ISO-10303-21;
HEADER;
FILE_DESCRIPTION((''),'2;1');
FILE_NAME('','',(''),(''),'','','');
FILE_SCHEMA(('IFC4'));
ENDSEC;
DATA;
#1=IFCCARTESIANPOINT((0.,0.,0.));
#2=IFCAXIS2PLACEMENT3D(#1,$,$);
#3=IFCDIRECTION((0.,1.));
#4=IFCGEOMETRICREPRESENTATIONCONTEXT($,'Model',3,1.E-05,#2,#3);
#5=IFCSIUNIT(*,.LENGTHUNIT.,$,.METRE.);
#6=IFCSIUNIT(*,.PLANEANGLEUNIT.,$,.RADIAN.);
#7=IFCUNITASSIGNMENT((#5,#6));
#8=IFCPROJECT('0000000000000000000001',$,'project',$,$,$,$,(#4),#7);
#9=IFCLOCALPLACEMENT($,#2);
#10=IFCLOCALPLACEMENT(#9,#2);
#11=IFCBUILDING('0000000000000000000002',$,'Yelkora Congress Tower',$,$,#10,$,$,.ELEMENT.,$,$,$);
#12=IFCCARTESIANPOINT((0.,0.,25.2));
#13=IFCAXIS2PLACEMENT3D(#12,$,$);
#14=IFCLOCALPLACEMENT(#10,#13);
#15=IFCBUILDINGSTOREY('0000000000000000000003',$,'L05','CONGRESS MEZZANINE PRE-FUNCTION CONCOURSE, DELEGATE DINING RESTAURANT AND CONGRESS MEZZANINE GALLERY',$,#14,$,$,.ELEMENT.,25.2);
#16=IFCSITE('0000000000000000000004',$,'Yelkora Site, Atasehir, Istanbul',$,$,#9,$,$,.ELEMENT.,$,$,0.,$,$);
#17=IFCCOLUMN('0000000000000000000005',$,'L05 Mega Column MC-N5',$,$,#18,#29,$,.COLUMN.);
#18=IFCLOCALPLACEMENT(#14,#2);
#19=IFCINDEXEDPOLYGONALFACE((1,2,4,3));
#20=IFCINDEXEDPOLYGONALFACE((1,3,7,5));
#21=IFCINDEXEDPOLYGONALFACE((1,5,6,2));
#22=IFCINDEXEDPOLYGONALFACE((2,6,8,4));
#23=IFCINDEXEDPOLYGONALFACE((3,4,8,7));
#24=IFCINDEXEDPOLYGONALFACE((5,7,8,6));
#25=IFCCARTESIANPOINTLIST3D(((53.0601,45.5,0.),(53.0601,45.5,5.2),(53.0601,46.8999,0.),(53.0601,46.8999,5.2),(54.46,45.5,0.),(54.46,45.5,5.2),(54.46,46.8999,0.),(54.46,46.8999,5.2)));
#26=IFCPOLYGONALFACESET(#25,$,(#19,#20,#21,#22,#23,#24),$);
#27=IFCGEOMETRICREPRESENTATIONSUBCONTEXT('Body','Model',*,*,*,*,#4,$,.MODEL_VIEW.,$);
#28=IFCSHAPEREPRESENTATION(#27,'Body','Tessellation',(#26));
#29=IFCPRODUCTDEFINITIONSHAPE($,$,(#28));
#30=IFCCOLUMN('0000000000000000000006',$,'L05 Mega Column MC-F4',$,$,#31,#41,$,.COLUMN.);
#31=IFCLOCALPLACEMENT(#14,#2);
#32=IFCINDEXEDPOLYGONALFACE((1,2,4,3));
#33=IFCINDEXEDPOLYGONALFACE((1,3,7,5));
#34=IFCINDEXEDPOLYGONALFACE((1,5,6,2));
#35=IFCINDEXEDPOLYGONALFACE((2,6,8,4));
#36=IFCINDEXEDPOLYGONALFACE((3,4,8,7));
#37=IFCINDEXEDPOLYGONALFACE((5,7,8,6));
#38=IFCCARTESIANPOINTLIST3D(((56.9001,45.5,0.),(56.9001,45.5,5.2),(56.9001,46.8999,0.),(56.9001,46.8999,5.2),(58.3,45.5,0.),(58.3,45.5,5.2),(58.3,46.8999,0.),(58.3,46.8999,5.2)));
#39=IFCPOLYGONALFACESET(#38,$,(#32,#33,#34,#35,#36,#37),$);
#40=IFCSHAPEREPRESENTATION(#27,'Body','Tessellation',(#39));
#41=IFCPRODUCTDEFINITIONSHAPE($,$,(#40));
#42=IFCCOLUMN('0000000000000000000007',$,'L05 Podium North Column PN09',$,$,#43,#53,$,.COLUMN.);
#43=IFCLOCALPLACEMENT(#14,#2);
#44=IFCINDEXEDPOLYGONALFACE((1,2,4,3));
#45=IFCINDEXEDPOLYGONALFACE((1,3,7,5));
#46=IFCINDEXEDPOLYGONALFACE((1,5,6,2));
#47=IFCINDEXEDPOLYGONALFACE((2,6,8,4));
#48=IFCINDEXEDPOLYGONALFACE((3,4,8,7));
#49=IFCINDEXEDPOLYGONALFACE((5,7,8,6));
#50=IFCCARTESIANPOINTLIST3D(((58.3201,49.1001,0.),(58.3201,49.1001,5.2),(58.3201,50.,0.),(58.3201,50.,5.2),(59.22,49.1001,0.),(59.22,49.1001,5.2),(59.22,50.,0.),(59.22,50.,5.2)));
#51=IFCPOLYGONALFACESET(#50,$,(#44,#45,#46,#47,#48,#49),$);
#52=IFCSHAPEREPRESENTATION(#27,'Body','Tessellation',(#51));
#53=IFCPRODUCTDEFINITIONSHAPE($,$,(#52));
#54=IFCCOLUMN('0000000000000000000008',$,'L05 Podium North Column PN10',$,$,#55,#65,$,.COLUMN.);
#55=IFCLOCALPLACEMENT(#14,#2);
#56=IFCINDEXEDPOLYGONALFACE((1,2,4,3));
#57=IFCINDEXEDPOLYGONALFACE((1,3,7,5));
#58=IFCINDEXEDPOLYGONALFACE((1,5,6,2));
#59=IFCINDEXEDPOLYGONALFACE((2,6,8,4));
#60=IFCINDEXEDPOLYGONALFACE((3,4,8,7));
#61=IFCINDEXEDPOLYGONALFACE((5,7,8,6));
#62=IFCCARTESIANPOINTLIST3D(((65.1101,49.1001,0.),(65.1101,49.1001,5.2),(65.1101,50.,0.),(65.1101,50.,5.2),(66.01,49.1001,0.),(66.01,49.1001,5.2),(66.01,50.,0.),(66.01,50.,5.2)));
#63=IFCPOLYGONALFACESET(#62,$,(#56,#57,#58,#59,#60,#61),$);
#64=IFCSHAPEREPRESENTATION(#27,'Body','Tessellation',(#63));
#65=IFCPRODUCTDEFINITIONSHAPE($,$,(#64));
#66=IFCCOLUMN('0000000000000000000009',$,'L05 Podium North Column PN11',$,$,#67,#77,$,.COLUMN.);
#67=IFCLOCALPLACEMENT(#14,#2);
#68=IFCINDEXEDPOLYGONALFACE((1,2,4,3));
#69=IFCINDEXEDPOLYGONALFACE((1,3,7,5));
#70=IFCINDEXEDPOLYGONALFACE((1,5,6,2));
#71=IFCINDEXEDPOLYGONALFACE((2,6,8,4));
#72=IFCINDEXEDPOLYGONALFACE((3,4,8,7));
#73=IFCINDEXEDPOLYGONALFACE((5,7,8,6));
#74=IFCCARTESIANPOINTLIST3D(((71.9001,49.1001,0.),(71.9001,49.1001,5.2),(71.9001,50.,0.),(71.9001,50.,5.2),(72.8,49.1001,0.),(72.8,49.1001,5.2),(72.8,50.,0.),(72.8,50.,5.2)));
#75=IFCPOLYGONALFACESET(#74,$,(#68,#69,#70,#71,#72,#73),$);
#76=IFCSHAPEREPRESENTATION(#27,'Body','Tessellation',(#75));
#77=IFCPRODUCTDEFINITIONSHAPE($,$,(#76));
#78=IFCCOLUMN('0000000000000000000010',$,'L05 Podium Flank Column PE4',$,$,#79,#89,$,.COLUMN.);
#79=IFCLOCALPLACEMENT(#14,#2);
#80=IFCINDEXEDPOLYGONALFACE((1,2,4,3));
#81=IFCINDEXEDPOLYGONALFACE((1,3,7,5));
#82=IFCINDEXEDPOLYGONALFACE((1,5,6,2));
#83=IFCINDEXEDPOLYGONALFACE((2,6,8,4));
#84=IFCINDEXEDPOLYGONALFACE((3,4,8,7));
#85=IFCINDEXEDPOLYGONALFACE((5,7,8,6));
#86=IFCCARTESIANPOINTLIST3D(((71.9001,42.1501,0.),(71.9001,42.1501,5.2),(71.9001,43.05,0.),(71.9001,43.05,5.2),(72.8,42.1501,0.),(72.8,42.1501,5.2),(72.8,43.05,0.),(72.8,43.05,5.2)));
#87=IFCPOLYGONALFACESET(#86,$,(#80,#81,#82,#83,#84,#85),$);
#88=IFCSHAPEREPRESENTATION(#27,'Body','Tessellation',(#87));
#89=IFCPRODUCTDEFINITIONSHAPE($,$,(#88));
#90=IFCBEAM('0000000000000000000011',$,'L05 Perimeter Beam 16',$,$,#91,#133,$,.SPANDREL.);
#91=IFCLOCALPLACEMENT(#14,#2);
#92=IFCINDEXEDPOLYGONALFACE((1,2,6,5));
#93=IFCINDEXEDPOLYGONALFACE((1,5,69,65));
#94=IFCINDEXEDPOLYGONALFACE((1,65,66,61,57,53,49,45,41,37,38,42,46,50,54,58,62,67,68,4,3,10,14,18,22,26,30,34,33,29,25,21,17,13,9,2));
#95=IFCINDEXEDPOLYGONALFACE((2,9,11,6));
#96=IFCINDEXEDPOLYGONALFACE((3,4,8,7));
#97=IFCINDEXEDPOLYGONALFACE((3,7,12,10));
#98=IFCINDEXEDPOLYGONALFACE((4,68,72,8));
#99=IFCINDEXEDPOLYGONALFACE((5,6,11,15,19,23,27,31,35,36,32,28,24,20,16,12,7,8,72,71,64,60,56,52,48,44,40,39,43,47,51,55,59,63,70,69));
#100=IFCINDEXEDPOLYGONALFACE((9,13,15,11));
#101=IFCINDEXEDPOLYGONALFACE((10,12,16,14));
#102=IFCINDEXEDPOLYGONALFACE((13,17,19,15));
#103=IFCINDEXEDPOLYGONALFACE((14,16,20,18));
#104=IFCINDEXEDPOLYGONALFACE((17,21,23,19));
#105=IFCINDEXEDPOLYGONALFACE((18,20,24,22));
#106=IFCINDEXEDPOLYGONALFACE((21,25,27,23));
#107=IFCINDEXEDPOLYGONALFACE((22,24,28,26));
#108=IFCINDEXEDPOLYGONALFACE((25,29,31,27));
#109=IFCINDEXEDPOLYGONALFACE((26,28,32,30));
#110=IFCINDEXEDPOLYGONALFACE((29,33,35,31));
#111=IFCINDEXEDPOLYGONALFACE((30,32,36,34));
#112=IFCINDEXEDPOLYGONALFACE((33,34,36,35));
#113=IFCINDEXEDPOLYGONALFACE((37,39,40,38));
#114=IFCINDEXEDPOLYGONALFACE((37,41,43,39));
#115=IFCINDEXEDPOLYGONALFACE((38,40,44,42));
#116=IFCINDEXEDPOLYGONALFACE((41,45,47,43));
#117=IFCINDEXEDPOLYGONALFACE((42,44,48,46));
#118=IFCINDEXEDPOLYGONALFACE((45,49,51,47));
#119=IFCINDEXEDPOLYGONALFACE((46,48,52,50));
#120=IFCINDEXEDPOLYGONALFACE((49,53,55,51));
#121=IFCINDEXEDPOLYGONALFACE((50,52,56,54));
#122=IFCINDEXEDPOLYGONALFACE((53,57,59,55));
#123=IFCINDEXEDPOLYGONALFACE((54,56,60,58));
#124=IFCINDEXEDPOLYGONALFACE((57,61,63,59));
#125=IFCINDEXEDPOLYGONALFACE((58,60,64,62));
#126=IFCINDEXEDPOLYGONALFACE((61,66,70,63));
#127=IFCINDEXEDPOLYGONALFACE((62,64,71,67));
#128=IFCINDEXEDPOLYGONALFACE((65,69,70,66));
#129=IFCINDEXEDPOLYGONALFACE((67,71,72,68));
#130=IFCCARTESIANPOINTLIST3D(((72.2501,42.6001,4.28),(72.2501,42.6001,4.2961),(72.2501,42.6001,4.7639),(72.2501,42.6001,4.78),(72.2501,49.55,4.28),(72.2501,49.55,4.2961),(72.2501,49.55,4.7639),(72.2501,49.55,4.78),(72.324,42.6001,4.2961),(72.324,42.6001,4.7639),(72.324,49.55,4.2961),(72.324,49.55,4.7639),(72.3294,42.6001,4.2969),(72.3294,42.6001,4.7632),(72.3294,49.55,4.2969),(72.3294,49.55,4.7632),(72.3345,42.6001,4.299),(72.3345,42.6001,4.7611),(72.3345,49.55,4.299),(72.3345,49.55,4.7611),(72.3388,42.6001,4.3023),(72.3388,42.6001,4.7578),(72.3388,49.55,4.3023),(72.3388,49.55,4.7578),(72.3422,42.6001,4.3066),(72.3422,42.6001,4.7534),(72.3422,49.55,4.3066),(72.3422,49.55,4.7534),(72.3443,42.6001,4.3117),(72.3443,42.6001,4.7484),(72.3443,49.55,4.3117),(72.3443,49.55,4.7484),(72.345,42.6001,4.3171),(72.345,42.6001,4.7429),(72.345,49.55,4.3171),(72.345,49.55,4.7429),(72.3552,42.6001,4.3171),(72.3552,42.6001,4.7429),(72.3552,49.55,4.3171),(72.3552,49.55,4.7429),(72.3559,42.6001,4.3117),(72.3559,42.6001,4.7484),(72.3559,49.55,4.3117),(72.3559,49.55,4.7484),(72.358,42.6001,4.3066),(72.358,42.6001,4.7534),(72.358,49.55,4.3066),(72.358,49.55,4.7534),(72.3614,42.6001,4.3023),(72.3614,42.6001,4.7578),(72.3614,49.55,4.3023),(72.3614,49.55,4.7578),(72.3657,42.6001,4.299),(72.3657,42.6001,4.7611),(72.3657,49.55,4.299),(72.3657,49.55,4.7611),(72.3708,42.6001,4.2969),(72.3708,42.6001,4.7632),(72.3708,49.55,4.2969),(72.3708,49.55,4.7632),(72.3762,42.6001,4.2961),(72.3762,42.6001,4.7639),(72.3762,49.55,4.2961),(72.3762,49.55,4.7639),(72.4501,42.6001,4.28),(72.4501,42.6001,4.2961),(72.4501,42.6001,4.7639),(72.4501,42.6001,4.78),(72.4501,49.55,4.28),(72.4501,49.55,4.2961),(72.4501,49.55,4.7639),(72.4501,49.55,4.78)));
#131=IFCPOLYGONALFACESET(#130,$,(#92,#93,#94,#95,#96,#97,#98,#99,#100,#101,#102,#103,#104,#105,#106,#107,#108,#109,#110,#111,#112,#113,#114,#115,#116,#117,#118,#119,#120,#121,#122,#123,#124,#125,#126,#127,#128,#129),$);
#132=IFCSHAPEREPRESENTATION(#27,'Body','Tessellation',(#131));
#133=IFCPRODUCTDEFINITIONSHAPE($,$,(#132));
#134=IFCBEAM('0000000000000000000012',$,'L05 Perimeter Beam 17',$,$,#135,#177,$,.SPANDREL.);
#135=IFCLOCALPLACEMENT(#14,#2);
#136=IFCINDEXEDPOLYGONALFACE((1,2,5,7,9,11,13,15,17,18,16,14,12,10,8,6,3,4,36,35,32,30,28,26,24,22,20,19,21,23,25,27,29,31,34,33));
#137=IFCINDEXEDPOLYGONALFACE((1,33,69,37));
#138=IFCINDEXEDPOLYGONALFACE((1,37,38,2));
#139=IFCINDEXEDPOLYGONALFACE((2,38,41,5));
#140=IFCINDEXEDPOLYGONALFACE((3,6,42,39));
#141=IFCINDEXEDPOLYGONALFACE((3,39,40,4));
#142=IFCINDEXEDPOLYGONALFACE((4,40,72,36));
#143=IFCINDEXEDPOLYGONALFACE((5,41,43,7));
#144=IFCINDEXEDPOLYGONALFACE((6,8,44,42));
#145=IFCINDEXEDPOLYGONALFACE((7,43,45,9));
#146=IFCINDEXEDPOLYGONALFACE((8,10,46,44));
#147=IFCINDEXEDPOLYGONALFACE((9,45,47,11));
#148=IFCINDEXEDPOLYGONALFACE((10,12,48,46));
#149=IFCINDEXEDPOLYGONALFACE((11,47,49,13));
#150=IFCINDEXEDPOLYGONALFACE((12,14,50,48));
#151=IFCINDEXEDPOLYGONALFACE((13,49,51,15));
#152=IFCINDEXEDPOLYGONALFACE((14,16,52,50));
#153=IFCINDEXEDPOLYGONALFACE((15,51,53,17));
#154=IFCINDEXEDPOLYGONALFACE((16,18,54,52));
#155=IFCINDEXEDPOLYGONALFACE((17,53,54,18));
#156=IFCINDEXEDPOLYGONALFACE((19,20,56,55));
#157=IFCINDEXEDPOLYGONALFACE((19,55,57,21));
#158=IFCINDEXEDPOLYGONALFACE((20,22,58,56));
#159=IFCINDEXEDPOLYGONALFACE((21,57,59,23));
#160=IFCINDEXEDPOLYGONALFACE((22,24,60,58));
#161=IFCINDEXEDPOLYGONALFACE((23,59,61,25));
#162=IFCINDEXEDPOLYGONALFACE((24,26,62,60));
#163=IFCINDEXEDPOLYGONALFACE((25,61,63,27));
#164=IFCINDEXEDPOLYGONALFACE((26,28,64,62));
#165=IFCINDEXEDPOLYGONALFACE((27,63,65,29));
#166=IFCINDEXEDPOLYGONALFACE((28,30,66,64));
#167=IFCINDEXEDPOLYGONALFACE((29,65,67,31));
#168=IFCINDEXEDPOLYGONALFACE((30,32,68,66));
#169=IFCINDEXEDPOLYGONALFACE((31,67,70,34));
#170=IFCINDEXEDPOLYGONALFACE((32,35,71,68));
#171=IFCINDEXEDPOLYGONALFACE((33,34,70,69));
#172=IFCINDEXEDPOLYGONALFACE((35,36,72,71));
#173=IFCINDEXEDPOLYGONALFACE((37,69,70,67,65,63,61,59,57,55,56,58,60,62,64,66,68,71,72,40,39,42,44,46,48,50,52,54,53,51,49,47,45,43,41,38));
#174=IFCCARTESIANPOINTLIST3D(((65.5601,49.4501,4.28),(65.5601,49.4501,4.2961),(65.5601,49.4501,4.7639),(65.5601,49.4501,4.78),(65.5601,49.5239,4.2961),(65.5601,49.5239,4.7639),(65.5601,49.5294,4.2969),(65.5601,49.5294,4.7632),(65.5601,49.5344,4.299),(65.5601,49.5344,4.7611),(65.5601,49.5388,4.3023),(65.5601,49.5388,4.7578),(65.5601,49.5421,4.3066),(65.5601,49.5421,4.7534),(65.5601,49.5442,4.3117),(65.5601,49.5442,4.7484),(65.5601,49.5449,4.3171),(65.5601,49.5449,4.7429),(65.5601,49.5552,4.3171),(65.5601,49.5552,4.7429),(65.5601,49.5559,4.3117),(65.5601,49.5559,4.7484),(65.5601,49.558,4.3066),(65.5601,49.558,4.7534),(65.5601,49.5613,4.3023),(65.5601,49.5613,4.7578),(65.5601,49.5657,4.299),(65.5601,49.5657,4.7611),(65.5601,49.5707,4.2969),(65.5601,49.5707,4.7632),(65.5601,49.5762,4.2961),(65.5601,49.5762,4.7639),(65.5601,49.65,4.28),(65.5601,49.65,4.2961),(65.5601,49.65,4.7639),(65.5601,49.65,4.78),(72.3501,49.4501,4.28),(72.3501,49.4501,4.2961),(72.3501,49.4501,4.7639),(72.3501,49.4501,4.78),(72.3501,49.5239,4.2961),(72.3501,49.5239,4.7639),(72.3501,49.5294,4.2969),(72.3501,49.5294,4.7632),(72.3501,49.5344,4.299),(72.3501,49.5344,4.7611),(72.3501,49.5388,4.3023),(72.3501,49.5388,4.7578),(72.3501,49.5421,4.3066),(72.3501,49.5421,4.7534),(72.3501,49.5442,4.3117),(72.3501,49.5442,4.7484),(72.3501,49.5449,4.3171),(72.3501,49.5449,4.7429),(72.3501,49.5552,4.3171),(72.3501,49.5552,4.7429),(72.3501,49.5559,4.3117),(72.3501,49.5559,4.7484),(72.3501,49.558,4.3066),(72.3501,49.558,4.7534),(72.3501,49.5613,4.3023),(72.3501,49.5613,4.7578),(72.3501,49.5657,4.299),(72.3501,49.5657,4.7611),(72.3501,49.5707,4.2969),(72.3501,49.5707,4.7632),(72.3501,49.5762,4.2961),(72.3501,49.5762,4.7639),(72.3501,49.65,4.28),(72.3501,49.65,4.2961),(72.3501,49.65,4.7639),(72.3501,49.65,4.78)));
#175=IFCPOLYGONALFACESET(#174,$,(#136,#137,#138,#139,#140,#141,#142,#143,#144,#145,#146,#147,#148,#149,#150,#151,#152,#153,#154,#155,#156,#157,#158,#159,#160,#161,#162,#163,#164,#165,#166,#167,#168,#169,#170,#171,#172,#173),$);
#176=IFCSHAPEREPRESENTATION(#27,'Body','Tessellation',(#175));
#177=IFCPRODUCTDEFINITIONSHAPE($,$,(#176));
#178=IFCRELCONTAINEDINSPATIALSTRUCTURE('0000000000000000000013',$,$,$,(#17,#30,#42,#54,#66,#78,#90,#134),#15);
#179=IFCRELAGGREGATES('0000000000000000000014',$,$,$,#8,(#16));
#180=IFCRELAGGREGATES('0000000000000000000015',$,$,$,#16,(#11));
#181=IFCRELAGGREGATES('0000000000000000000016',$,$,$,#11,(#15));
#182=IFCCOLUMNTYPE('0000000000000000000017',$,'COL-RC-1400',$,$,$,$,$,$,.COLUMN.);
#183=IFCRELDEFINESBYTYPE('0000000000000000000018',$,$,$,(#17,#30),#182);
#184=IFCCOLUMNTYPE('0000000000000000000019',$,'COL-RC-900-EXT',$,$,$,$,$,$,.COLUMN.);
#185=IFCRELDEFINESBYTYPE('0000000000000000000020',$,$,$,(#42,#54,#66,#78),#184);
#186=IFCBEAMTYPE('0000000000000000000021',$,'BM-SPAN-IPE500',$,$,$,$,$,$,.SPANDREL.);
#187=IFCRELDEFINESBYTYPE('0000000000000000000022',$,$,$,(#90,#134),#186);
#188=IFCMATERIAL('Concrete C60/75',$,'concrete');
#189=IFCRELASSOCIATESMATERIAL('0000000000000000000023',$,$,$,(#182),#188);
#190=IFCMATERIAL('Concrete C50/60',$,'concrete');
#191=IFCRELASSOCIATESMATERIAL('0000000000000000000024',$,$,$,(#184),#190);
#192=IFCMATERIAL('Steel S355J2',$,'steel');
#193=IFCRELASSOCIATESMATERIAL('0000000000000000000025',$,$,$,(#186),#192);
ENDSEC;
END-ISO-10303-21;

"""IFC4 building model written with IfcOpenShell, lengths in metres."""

from ifc_helpers import new_model, si_unit, direction, frame, origin, origin_2d, place, context, subcontext, project, spatial, rectangle, i_section, extrude, material, material_profile, profile_set, type_object, element, save


model = new_model("IFC4")

# Units and contexts
model_context = context("Model", 3, precision=1e-05, world=origin(), true_north=direction((0.0, 1.0)))
body_context = subcontext(model_context, "Body", "Model", "MODEL_VIEW")
ifc_project = project(units=[si_unit("LENGTHUNIT", "METRE"), si_unit("PLANEANGLEUNIT", "RADIAN")], contexts=[model_context])

# Site, building, storey
site_placement = place(None, origin())
site = spatial("IfcSite", under=ifc_project, at=site_placement, Name="Yelkora Site, Atasehir, Istanbul", CompositionType="ELEMENT", RefElevation=0.0)
building_placement = place(site_placement, origin())
building = spatial("IfcBuilding", under=site, at=building_placement, Name="Yelkora Congress Tower", CompositionType="ELEMENT")
storey_placement = place(building_placement, frame((0.0, 0.0, 25.2)))
storey = spatial("IfcBuildingStorey", under=building, at=storey_placement, Name="L05", Description="CONGRESS MEZZANINE PRE-FUNCTION CONCOURSE, DELEGATE DINING RESTAURANT AND CONGRESS MEZZANINE GALLERY", CompositionType="ELEMENT", Elevation=25.2)

# Columns
ifc_material_1 = material(Name="Concrete C60/75", Category="concrete")
ifc_material_profile_1 = material_profile(ifc_material_1, rectangle(XDim=1.3999, YDim=1.3999, at=origin_2d()), Name="RC 1400x1400")
ifc_profile_set_1 = profile_set([ifc_material_profile_1], Name="Concrete C60/75")
column_type_1 = type_object("IfcColumnType", Name="COL-RC-1400", PredefinedType="COLUMN", material=ifc_profile_set_1)
for number, where, z_axis, x_axis, name in (
    (1, (53.76, 46.2, 0.0), (0.0, 0.0, 1.0), (1.0, 0.0, 0.0), "L05 Mega Column MC-N5"),
    (2, (57.6001, 46.2, 0.0), (0.0, 0.0, 1.0), (1.0, 0.0, 0.0), "L05 Mega Column MC-F4"),
):
    element("IfcColumn", number, at=place(storey_placement, frame(where, z_axis=z_axis, x_axis=x_axis)), inside=storey, type_object=column_type_1, Name=name, PredefinedType="COLUMN", context=body_context, shape_type="SweptSolid", body=[
        extrude(rectangle(XDim=1.3999, YDim=1.3999, at=origin_2d()), origin(), (0.0, 0.0, 1.0), 5.2),
    ])
ifc_material_2 = material(Name="Concrete C50/60", Category="concrete")
ifc_material_profile_2 = material_profile(ifc_material_2, rectangle(XDim=0.8999, YDim=0.8999, at=origin_2d()), Name="RC 900x900")
ifc_profile_set_2 = profile_set([ifc_material_profile_2], Name="Concrete C50/60")
column_type_2 = type_object("IfcColumnType", Name="COL-RC-900-EXT", PredefinedType="COLUMN", material=ifc_profile_set_2)
for number, where, z_axis, x_axis, name in (
    (3, (58.77, 49.55, 0.0), (0.0, 0.0, 1.0), (1.0, 0.0, 0.0), "L05 Podium North Column PN09"),
    (4, (65.5601, 49.55, 0.0), (0.0, 0.0, 1.0), (1.0, 0.0, 0.0), "L05 Podium North Column PN10"),
    (5, (72.3501, 49.55, 0.0), (0.0, 0.0, 1.0), (1.0, 0.0, 0.0), "L05 Podium North Column PN11"),
    (6, (72.3501, 42.6001, 0.0), (0.0, 0.0, 1.0), (1.0, 0.0, 0.0), "L05 Podium Flank Column PE4"),
):
    element("IfcColumn", number, at=place(storey_placement, frame(where, z_axis=z_axis, x_axis=x_axis)), inside=storey, type_object=column_type_2, Name=name, PredefinedType="COLUMN", context=body_context, shape_type="SweptSolid", body=[
        extrude(rectangle(XDim=0.8999, YDim=0.8999, at=origin_2d()), origin(), (0.0, 0.0, 1.0), 5.2),
    ])

# Beams
ifc_material_3 = material(Name="Steel S355J2", Category="steel")
ifc_material_profile_3 = material_profile(ifc_material_3, i_section(OverallWidth=0.2, OverallDepth=0.5, WebThickness=0.0103, FlangeThickness=0.0161, FilletRadius=0.021, at=origin_2d()), Name="IPE 500")
ifc_profile_set_3 = profile_set([ifc_material_profile_3], Name="Steel S355J2")
beam_type_1 = type_object("IfcBeamType", Name="BM-SPAN-IPE500", PredefinedType="SPANDREL", material=ifc_profile_set_3)
beam_1_placement = place(storey_placement, frame((72.3501, 42.6001, 4.53), z_axis=(0.0, 1.0, 0.0), x_axis=(-1.0, 0.0, 0.0)))
element("IfcBeam", 7, at=beam_1_placement, inside=storey, type_object=beam_type_1, Name="L05 Perimeter Beam 16", PredefinedType="SPANDREL", context=body_context, shape_type="SweptSolid", body=[
    extrude(i_section(OverallWidth=0.2, OverallDepth=0.5, WebThickness=0.0103, FlangeThickness=0.0161, FilletRadius=0.021, at=origin_2d()), origin(), (0.0, 0.0, 1.0), 6.95),
])
for number, where, z_axis, x_axis, name in (
    (8, (72.3501, 49.55, 4.53), (-1.0, 0.0, 0.0), (0.0, -1.0, 0.0), "L05 Perimeter Beam 17"),
):
    element("IfcBeam", number, at=place(storey_placement, frame(where, z_axis=z_axis, x_axis=x_axis)), inside=storey, type_object=beam_type_1, Name=name, PredefinedType="SPANDREL", context=body_context, shape_type="SweptSolid", body=[
        extrude(i_section(OverallWidth=0.2, OverallDepth=0.5, WebThickness=0.0103, FlangeThickness=0.0161, FilletRadius=0.021, at=origin_2d()), origin(), (0.0, 0.0, 1.0), 6.79),
    ])

save(model, "model.ifc")
